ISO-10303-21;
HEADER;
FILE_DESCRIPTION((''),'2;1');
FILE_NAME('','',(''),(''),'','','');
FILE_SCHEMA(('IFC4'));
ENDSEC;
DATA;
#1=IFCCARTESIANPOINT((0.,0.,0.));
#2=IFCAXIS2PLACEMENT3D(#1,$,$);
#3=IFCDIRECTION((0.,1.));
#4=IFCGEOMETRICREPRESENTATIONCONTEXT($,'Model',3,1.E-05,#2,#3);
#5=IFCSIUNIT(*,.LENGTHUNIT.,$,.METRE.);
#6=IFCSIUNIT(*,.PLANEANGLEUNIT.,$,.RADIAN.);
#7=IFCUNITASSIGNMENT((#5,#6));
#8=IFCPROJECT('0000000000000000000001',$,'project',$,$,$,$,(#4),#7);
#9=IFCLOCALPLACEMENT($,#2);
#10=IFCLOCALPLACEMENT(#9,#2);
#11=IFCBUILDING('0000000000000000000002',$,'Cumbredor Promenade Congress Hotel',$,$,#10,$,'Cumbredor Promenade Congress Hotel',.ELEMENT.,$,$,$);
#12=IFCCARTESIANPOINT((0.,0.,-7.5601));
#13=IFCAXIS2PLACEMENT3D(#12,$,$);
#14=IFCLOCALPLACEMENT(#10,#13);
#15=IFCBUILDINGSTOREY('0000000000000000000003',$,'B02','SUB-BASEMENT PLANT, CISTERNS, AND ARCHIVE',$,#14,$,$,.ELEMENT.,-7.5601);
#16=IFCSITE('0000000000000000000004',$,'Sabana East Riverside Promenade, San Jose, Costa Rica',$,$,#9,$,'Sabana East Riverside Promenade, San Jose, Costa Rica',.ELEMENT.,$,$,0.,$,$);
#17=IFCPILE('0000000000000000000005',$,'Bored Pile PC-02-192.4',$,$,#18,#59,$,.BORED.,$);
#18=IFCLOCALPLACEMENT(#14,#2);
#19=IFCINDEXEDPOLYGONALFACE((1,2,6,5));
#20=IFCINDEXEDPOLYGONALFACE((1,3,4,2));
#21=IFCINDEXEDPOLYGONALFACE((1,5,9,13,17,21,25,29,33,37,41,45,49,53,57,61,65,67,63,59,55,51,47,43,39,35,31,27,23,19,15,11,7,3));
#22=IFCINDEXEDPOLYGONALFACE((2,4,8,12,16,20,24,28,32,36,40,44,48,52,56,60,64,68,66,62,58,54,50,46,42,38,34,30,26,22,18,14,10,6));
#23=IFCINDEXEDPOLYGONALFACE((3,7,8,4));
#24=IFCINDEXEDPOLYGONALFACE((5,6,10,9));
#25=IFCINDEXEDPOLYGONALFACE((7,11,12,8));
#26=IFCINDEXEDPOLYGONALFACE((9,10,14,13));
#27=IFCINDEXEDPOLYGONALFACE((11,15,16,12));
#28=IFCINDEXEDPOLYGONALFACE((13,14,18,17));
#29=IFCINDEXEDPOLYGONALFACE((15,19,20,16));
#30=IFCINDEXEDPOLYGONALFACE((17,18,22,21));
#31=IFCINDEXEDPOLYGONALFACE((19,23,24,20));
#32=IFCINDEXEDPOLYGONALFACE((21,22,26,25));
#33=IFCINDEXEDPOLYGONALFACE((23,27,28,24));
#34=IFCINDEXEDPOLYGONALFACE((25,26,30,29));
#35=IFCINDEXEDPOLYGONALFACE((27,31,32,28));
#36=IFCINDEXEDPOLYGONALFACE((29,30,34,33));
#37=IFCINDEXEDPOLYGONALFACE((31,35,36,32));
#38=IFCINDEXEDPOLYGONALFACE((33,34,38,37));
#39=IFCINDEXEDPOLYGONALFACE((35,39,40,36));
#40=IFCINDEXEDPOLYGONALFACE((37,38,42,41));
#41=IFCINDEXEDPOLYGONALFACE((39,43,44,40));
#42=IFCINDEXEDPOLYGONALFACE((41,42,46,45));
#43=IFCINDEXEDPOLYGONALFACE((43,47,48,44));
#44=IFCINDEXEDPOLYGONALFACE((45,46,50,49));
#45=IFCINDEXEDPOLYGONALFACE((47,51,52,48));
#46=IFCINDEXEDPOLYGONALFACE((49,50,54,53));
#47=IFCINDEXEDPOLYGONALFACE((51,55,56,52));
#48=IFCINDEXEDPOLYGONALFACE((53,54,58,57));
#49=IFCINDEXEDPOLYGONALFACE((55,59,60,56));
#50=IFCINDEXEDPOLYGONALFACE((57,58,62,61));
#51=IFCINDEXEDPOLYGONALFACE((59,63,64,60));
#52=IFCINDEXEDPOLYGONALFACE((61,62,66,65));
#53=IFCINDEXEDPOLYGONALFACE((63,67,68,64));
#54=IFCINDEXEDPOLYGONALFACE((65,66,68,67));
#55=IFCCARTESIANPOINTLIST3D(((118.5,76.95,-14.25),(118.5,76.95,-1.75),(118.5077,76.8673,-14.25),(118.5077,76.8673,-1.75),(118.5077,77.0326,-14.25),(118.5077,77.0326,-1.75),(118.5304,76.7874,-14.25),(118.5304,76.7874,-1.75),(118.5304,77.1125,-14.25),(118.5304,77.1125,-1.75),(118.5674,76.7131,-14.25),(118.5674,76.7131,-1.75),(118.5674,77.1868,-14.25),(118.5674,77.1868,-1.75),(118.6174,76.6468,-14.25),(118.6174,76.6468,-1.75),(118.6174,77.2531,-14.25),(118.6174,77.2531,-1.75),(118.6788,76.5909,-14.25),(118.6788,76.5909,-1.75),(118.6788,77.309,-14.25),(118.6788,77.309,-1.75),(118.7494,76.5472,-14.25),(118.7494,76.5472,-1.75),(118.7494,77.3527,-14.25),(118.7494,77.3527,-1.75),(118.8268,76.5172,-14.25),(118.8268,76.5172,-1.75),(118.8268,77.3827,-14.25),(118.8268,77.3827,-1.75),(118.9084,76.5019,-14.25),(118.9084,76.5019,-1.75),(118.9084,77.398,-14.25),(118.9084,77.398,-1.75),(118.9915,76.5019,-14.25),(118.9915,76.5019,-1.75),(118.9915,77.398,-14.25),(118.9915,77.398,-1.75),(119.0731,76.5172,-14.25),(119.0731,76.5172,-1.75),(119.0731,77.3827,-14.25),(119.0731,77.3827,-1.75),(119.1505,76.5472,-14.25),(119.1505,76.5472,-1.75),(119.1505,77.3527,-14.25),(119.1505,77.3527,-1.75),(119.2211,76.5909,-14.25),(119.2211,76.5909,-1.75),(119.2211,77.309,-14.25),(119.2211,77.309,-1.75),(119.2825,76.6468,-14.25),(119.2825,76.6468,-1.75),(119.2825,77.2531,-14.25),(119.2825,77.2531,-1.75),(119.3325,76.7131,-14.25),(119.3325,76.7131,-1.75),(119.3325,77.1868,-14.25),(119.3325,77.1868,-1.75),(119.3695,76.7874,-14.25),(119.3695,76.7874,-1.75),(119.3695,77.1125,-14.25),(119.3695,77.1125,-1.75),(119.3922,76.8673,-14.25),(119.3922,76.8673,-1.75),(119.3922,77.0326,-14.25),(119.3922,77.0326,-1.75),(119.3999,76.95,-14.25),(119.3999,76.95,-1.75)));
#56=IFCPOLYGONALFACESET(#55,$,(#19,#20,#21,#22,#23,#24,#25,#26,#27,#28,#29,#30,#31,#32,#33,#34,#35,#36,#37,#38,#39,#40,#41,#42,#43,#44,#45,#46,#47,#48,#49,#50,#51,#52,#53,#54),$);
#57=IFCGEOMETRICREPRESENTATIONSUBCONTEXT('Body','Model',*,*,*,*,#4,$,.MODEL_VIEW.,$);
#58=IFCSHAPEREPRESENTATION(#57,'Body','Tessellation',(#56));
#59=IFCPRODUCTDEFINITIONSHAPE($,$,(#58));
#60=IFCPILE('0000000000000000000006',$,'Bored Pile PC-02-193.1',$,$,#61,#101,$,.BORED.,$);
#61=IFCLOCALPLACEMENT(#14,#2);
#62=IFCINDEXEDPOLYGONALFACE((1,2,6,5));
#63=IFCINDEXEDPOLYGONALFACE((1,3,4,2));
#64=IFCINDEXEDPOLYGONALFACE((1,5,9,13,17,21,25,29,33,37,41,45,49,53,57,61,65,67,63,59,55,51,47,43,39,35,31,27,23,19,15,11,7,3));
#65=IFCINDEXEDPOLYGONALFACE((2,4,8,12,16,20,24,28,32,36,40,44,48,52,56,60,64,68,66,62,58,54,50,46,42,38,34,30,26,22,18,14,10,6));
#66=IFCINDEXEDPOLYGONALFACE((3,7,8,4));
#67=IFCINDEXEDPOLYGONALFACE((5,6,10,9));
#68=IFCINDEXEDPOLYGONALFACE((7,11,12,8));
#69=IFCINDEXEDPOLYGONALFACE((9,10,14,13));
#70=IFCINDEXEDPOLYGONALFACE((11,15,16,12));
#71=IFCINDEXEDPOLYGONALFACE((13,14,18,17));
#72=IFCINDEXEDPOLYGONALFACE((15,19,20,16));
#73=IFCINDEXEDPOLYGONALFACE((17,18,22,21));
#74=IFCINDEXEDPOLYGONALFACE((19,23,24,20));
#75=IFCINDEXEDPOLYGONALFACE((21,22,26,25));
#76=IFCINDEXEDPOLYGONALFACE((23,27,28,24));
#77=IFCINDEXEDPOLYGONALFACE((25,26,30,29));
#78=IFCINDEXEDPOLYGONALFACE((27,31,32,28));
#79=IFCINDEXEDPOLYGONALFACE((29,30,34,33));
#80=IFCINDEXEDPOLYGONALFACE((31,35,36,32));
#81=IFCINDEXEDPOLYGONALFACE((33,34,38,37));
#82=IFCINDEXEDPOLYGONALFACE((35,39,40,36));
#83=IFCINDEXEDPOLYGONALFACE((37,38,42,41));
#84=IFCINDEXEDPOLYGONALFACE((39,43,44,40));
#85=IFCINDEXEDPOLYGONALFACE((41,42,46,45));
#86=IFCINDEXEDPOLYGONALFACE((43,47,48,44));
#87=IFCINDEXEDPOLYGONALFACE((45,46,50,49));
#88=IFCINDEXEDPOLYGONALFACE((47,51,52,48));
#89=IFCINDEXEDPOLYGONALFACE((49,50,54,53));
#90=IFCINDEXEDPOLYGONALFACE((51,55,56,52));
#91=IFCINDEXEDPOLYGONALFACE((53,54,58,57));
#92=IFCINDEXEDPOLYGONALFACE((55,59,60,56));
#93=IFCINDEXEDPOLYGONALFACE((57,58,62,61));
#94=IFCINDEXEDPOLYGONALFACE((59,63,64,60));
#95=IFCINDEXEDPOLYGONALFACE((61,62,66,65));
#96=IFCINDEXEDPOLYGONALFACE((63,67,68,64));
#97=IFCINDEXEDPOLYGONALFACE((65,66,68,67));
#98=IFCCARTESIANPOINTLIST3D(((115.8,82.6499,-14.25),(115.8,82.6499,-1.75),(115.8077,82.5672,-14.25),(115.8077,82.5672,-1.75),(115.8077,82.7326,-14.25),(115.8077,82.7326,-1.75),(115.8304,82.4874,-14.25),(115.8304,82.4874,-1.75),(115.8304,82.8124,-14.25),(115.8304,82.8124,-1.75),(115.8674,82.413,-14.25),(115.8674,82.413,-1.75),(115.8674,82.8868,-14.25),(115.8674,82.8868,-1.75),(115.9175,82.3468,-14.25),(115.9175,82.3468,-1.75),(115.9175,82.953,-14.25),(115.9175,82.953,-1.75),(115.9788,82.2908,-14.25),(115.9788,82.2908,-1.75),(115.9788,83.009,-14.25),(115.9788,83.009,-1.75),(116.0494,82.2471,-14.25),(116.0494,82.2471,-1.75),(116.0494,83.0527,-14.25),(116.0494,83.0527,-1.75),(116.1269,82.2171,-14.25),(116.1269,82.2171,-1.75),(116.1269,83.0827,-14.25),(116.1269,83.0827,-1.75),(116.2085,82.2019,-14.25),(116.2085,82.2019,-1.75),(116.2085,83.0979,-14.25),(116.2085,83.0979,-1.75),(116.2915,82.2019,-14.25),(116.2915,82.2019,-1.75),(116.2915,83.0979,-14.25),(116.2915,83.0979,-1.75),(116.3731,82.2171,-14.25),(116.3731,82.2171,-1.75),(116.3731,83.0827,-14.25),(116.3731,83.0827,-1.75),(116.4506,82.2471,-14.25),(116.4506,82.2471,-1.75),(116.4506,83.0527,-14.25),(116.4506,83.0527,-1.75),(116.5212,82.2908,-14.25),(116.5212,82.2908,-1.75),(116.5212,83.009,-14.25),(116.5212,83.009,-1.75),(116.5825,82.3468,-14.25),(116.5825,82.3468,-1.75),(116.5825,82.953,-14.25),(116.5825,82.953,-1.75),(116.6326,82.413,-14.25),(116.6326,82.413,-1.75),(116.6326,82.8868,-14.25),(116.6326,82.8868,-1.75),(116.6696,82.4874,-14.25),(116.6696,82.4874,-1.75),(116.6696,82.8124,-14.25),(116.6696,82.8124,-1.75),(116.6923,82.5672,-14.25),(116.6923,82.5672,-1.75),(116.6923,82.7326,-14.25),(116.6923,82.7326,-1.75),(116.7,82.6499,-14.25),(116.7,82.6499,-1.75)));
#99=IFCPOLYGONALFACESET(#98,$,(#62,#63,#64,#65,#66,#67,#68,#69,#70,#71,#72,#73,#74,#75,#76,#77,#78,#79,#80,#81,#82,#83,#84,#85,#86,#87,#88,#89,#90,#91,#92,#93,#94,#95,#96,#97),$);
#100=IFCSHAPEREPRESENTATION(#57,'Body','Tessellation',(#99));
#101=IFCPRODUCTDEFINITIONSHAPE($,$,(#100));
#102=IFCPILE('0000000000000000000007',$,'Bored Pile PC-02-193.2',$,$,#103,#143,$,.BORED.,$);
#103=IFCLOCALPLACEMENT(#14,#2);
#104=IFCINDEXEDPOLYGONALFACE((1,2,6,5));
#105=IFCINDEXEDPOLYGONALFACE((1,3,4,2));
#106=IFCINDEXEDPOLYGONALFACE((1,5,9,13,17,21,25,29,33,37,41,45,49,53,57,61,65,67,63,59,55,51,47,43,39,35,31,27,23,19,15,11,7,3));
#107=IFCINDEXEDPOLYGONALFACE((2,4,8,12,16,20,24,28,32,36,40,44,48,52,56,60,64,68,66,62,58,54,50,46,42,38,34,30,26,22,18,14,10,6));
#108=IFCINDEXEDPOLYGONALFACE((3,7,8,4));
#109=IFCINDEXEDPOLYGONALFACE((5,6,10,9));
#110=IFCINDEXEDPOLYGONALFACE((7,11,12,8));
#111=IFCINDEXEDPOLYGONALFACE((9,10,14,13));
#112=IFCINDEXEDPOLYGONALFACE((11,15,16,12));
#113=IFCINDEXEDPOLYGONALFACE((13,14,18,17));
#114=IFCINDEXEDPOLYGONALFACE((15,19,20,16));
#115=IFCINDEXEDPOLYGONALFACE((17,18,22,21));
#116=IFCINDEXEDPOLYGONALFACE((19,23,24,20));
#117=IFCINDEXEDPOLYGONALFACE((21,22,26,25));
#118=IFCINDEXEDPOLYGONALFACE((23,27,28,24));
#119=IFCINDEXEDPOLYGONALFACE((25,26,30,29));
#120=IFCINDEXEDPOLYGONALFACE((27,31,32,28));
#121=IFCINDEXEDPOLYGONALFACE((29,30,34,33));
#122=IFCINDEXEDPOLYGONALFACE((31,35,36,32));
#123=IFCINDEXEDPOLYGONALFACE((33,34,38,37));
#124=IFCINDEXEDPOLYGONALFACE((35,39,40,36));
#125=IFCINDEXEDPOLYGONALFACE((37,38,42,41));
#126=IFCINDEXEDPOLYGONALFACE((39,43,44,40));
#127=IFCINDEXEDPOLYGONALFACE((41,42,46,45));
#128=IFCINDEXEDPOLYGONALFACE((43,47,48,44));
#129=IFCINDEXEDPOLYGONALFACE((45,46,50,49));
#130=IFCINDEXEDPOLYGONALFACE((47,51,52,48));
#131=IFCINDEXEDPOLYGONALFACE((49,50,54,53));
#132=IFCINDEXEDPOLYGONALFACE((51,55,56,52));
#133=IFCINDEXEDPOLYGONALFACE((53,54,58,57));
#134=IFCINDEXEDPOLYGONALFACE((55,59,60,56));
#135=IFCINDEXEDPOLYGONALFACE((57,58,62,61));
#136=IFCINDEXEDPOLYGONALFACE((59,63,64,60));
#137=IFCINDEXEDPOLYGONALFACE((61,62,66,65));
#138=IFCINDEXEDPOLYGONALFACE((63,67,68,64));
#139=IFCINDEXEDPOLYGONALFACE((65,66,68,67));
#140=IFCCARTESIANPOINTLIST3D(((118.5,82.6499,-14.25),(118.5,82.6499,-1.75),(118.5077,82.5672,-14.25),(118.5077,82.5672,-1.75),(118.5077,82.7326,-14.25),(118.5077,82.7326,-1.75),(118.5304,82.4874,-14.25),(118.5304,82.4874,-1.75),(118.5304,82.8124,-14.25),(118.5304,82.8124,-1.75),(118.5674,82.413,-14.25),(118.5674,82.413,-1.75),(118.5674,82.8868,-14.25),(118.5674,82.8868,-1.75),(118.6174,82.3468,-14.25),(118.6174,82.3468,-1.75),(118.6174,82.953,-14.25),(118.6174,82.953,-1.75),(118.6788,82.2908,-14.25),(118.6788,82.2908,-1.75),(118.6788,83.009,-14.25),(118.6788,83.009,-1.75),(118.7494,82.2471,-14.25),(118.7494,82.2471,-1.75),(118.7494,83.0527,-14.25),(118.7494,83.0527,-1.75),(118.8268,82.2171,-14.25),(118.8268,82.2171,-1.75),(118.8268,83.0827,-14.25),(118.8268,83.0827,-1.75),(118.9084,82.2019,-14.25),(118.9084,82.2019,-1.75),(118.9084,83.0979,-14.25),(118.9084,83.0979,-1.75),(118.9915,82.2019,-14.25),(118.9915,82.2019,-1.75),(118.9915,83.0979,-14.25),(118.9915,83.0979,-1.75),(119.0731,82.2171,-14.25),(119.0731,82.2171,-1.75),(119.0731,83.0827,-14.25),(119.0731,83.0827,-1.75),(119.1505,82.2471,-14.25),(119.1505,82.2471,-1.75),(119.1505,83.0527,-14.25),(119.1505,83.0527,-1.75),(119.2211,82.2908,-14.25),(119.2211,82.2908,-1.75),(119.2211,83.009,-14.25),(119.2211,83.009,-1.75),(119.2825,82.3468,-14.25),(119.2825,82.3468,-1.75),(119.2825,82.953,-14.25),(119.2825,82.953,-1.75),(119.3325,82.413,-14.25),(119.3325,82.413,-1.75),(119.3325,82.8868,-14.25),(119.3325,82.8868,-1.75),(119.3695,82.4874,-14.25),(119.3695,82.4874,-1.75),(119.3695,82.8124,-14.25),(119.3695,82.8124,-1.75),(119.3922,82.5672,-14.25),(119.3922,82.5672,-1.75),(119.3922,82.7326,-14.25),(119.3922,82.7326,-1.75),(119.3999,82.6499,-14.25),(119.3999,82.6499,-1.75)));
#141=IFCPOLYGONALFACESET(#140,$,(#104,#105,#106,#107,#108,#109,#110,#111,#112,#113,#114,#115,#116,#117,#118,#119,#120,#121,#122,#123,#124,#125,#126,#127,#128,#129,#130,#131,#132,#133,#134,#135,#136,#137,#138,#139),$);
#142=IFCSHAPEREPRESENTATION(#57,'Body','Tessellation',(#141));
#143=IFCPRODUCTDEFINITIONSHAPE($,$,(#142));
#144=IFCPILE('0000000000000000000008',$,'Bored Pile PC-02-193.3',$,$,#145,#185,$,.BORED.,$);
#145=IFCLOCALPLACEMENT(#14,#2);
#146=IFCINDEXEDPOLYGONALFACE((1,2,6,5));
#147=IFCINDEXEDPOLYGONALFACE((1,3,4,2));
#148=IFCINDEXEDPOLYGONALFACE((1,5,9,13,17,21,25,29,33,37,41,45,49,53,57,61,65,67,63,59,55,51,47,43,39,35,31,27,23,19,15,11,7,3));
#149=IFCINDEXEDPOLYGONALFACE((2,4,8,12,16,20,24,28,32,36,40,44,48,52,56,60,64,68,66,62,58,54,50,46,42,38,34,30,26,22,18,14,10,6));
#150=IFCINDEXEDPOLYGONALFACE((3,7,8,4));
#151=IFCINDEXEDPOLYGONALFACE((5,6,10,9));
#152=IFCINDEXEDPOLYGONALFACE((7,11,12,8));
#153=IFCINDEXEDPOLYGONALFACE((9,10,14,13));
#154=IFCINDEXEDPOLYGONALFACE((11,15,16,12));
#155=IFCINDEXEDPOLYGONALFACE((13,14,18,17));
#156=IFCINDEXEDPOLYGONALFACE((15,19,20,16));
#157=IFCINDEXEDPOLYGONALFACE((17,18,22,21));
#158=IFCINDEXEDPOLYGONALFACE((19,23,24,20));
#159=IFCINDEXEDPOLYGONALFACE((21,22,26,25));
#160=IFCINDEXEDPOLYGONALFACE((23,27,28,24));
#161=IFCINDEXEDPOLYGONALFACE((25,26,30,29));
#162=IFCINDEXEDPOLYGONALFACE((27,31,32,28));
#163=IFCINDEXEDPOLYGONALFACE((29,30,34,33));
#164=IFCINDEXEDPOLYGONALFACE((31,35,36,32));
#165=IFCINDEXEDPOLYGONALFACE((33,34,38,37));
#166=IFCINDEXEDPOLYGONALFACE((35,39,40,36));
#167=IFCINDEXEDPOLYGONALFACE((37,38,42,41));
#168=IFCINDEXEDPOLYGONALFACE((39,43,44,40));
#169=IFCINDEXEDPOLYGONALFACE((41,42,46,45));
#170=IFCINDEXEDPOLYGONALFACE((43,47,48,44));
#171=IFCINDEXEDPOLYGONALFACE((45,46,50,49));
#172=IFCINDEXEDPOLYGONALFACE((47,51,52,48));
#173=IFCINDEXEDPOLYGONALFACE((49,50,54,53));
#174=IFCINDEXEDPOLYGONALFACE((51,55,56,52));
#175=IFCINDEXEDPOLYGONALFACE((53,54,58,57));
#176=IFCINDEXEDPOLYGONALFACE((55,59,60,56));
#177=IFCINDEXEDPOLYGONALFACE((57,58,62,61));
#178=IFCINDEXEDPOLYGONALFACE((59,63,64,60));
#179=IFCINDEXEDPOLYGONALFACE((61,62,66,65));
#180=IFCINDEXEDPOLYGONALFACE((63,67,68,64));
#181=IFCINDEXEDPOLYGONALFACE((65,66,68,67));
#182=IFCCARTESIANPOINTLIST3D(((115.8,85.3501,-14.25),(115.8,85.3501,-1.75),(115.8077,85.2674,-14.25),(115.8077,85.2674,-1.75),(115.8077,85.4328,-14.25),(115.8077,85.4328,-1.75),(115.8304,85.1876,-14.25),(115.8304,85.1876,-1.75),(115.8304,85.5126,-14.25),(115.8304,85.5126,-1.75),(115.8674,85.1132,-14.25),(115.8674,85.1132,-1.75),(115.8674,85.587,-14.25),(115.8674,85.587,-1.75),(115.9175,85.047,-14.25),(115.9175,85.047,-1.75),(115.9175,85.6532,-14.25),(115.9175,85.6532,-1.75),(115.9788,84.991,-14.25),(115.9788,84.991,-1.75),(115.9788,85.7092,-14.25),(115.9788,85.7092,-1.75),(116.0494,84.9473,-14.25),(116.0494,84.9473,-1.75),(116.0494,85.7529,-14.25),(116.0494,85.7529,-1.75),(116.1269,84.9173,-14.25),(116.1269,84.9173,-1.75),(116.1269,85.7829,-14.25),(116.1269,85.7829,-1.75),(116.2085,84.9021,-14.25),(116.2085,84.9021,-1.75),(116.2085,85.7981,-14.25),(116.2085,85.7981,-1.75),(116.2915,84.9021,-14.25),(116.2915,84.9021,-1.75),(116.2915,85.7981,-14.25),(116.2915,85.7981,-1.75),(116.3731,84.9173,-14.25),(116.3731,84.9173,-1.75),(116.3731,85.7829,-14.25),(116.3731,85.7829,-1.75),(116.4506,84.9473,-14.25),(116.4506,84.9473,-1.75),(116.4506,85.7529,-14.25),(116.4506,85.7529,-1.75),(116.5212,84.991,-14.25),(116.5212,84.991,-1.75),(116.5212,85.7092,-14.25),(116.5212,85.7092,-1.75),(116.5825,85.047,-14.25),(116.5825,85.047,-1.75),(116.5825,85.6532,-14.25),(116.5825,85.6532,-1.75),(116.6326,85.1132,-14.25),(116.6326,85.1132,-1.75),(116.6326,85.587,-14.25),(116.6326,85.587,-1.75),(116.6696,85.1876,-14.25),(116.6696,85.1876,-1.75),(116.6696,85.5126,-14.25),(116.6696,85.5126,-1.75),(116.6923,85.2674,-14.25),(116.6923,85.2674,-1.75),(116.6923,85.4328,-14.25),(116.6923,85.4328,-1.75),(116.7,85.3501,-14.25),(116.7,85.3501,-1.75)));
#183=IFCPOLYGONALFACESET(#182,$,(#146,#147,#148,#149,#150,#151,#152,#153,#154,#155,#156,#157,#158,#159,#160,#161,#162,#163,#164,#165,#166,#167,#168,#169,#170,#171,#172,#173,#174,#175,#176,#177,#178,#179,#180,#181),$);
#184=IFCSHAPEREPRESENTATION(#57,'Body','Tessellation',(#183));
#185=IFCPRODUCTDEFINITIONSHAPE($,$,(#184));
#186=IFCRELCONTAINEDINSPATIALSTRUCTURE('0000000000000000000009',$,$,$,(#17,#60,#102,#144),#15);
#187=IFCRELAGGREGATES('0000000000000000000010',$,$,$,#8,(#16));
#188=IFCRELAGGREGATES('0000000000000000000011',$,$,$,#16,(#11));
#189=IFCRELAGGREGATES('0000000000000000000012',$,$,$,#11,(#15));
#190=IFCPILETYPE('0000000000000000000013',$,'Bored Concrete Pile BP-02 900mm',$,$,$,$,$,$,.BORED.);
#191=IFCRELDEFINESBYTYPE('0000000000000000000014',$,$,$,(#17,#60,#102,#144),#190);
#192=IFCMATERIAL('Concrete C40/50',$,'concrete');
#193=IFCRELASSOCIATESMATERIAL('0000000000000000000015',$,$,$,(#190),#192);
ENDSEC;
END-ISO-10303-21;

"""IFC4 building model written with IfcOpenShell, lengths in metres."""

from ifc_helpers import new_model, si_unit, direction, frame, origin, origin_2d, place, context, subcontext, project, spatial, circle, extrude, material, material_profile, profile_set, type_object, element, save


model = new_model("IFC4")

# Units and contexts
model_context = context("Model", 3, precision=1e-05, world=origin(), true_north=direction((0.0, 1.0)))
body_context = subcontext(model_context, "Body", "Model", "MODEL_VIEW")
ifc_project = project(units=[si_unit("LENGTHUNIT", "METRE"), si_unit("PLANEANGLEUNIT", "RADIAN")], contexts=[model_context])

# Site, building, storey
site_placement = place(None, origin())
site = spatial("IfcSite", under=ifc_project, at=site_placement, Name="Sabana East Riverside Promenade, San Jose, Costa Rica", LongName="Sabana East Riverside Promenade, San Jose, Costa Rica", CompositionType="ELEMENT", RefElevation=0.0)
building_placement = place(site_placement, origin())
building = spatial("IfcBuilding", under=site, at=building_placement, Name="Cumbredor Promenade Congress Hotel", LongName="Cumbredor Promenade Congress Hotel", CompositionType="ELEMENT")
storey_placement = place(building_placement, frame((0.0, 0.0, -7.5601)))
storey = spatial("IfcBuildingStorey", under=building, at=storey_placement, Name="B02", Description="SUB-BASEMENT PLANT, CISTERNS, AND ARCHIVE", CompositionType="ELEMENT", Elevation=-7.5601)

# Piles
ifc_material_1 = material(Name="Concrete C40/50", Category="concrete")
ifc_material_profile_1 = material_profile(ifc_material_1, circle(Radius=0.45, at=origin_2d()), Name="PILE D900")
ifc_profile_set_1 = profile_set([ifc_material_profile_1], Name="Concrete C40/50")
pile_type = type_object("IfcPileType", Name="Bored Concrete Pile BP-02 900mm", PredefinedType="BORED", material=ifc_profile_set_1)
for number, where, z_axis, x_axis, name in (
    (1, (118.95, 76.95, -1.75), (0.0, 0.0, -1.0), (1.0, 0.0, 0.0), "Bored Pile PC-02-192.4"),
    (2, (116.25, 82.6499, -1.75), (0.0, 0.0, -1.0), (1.0, 0.0, 0.0), "Bored Pile PC-02-193.1"),
    (3, (118.95, 82.6499, -1.75), (0.0, 0.0, -1.0), (1.0, 0.0, 0.0), "Bored Pile PC-02-193.2"),
    (4, (116.25, 85.3501, -1.75), (0.0, 0.0, -1.0), (1.0, 0.0, 0.0), "Bored Pile PC-02-193.3"),
):
    element("IfcPile", number, at=place(storey_placement, frame(where, z_axis=z_axis, x_axis=x_axis)), inside=storey, type_object=pile_type, Name=name, PredefinedType="BORED", context=body_context, shape_type="SweptSolid", body=[
        extrude(circle(Radius=0.45, at=origin_2d()), origin(), (0.0, 0.0, 1.0), 12.5),
    ])

save(model, "model.ifc")
